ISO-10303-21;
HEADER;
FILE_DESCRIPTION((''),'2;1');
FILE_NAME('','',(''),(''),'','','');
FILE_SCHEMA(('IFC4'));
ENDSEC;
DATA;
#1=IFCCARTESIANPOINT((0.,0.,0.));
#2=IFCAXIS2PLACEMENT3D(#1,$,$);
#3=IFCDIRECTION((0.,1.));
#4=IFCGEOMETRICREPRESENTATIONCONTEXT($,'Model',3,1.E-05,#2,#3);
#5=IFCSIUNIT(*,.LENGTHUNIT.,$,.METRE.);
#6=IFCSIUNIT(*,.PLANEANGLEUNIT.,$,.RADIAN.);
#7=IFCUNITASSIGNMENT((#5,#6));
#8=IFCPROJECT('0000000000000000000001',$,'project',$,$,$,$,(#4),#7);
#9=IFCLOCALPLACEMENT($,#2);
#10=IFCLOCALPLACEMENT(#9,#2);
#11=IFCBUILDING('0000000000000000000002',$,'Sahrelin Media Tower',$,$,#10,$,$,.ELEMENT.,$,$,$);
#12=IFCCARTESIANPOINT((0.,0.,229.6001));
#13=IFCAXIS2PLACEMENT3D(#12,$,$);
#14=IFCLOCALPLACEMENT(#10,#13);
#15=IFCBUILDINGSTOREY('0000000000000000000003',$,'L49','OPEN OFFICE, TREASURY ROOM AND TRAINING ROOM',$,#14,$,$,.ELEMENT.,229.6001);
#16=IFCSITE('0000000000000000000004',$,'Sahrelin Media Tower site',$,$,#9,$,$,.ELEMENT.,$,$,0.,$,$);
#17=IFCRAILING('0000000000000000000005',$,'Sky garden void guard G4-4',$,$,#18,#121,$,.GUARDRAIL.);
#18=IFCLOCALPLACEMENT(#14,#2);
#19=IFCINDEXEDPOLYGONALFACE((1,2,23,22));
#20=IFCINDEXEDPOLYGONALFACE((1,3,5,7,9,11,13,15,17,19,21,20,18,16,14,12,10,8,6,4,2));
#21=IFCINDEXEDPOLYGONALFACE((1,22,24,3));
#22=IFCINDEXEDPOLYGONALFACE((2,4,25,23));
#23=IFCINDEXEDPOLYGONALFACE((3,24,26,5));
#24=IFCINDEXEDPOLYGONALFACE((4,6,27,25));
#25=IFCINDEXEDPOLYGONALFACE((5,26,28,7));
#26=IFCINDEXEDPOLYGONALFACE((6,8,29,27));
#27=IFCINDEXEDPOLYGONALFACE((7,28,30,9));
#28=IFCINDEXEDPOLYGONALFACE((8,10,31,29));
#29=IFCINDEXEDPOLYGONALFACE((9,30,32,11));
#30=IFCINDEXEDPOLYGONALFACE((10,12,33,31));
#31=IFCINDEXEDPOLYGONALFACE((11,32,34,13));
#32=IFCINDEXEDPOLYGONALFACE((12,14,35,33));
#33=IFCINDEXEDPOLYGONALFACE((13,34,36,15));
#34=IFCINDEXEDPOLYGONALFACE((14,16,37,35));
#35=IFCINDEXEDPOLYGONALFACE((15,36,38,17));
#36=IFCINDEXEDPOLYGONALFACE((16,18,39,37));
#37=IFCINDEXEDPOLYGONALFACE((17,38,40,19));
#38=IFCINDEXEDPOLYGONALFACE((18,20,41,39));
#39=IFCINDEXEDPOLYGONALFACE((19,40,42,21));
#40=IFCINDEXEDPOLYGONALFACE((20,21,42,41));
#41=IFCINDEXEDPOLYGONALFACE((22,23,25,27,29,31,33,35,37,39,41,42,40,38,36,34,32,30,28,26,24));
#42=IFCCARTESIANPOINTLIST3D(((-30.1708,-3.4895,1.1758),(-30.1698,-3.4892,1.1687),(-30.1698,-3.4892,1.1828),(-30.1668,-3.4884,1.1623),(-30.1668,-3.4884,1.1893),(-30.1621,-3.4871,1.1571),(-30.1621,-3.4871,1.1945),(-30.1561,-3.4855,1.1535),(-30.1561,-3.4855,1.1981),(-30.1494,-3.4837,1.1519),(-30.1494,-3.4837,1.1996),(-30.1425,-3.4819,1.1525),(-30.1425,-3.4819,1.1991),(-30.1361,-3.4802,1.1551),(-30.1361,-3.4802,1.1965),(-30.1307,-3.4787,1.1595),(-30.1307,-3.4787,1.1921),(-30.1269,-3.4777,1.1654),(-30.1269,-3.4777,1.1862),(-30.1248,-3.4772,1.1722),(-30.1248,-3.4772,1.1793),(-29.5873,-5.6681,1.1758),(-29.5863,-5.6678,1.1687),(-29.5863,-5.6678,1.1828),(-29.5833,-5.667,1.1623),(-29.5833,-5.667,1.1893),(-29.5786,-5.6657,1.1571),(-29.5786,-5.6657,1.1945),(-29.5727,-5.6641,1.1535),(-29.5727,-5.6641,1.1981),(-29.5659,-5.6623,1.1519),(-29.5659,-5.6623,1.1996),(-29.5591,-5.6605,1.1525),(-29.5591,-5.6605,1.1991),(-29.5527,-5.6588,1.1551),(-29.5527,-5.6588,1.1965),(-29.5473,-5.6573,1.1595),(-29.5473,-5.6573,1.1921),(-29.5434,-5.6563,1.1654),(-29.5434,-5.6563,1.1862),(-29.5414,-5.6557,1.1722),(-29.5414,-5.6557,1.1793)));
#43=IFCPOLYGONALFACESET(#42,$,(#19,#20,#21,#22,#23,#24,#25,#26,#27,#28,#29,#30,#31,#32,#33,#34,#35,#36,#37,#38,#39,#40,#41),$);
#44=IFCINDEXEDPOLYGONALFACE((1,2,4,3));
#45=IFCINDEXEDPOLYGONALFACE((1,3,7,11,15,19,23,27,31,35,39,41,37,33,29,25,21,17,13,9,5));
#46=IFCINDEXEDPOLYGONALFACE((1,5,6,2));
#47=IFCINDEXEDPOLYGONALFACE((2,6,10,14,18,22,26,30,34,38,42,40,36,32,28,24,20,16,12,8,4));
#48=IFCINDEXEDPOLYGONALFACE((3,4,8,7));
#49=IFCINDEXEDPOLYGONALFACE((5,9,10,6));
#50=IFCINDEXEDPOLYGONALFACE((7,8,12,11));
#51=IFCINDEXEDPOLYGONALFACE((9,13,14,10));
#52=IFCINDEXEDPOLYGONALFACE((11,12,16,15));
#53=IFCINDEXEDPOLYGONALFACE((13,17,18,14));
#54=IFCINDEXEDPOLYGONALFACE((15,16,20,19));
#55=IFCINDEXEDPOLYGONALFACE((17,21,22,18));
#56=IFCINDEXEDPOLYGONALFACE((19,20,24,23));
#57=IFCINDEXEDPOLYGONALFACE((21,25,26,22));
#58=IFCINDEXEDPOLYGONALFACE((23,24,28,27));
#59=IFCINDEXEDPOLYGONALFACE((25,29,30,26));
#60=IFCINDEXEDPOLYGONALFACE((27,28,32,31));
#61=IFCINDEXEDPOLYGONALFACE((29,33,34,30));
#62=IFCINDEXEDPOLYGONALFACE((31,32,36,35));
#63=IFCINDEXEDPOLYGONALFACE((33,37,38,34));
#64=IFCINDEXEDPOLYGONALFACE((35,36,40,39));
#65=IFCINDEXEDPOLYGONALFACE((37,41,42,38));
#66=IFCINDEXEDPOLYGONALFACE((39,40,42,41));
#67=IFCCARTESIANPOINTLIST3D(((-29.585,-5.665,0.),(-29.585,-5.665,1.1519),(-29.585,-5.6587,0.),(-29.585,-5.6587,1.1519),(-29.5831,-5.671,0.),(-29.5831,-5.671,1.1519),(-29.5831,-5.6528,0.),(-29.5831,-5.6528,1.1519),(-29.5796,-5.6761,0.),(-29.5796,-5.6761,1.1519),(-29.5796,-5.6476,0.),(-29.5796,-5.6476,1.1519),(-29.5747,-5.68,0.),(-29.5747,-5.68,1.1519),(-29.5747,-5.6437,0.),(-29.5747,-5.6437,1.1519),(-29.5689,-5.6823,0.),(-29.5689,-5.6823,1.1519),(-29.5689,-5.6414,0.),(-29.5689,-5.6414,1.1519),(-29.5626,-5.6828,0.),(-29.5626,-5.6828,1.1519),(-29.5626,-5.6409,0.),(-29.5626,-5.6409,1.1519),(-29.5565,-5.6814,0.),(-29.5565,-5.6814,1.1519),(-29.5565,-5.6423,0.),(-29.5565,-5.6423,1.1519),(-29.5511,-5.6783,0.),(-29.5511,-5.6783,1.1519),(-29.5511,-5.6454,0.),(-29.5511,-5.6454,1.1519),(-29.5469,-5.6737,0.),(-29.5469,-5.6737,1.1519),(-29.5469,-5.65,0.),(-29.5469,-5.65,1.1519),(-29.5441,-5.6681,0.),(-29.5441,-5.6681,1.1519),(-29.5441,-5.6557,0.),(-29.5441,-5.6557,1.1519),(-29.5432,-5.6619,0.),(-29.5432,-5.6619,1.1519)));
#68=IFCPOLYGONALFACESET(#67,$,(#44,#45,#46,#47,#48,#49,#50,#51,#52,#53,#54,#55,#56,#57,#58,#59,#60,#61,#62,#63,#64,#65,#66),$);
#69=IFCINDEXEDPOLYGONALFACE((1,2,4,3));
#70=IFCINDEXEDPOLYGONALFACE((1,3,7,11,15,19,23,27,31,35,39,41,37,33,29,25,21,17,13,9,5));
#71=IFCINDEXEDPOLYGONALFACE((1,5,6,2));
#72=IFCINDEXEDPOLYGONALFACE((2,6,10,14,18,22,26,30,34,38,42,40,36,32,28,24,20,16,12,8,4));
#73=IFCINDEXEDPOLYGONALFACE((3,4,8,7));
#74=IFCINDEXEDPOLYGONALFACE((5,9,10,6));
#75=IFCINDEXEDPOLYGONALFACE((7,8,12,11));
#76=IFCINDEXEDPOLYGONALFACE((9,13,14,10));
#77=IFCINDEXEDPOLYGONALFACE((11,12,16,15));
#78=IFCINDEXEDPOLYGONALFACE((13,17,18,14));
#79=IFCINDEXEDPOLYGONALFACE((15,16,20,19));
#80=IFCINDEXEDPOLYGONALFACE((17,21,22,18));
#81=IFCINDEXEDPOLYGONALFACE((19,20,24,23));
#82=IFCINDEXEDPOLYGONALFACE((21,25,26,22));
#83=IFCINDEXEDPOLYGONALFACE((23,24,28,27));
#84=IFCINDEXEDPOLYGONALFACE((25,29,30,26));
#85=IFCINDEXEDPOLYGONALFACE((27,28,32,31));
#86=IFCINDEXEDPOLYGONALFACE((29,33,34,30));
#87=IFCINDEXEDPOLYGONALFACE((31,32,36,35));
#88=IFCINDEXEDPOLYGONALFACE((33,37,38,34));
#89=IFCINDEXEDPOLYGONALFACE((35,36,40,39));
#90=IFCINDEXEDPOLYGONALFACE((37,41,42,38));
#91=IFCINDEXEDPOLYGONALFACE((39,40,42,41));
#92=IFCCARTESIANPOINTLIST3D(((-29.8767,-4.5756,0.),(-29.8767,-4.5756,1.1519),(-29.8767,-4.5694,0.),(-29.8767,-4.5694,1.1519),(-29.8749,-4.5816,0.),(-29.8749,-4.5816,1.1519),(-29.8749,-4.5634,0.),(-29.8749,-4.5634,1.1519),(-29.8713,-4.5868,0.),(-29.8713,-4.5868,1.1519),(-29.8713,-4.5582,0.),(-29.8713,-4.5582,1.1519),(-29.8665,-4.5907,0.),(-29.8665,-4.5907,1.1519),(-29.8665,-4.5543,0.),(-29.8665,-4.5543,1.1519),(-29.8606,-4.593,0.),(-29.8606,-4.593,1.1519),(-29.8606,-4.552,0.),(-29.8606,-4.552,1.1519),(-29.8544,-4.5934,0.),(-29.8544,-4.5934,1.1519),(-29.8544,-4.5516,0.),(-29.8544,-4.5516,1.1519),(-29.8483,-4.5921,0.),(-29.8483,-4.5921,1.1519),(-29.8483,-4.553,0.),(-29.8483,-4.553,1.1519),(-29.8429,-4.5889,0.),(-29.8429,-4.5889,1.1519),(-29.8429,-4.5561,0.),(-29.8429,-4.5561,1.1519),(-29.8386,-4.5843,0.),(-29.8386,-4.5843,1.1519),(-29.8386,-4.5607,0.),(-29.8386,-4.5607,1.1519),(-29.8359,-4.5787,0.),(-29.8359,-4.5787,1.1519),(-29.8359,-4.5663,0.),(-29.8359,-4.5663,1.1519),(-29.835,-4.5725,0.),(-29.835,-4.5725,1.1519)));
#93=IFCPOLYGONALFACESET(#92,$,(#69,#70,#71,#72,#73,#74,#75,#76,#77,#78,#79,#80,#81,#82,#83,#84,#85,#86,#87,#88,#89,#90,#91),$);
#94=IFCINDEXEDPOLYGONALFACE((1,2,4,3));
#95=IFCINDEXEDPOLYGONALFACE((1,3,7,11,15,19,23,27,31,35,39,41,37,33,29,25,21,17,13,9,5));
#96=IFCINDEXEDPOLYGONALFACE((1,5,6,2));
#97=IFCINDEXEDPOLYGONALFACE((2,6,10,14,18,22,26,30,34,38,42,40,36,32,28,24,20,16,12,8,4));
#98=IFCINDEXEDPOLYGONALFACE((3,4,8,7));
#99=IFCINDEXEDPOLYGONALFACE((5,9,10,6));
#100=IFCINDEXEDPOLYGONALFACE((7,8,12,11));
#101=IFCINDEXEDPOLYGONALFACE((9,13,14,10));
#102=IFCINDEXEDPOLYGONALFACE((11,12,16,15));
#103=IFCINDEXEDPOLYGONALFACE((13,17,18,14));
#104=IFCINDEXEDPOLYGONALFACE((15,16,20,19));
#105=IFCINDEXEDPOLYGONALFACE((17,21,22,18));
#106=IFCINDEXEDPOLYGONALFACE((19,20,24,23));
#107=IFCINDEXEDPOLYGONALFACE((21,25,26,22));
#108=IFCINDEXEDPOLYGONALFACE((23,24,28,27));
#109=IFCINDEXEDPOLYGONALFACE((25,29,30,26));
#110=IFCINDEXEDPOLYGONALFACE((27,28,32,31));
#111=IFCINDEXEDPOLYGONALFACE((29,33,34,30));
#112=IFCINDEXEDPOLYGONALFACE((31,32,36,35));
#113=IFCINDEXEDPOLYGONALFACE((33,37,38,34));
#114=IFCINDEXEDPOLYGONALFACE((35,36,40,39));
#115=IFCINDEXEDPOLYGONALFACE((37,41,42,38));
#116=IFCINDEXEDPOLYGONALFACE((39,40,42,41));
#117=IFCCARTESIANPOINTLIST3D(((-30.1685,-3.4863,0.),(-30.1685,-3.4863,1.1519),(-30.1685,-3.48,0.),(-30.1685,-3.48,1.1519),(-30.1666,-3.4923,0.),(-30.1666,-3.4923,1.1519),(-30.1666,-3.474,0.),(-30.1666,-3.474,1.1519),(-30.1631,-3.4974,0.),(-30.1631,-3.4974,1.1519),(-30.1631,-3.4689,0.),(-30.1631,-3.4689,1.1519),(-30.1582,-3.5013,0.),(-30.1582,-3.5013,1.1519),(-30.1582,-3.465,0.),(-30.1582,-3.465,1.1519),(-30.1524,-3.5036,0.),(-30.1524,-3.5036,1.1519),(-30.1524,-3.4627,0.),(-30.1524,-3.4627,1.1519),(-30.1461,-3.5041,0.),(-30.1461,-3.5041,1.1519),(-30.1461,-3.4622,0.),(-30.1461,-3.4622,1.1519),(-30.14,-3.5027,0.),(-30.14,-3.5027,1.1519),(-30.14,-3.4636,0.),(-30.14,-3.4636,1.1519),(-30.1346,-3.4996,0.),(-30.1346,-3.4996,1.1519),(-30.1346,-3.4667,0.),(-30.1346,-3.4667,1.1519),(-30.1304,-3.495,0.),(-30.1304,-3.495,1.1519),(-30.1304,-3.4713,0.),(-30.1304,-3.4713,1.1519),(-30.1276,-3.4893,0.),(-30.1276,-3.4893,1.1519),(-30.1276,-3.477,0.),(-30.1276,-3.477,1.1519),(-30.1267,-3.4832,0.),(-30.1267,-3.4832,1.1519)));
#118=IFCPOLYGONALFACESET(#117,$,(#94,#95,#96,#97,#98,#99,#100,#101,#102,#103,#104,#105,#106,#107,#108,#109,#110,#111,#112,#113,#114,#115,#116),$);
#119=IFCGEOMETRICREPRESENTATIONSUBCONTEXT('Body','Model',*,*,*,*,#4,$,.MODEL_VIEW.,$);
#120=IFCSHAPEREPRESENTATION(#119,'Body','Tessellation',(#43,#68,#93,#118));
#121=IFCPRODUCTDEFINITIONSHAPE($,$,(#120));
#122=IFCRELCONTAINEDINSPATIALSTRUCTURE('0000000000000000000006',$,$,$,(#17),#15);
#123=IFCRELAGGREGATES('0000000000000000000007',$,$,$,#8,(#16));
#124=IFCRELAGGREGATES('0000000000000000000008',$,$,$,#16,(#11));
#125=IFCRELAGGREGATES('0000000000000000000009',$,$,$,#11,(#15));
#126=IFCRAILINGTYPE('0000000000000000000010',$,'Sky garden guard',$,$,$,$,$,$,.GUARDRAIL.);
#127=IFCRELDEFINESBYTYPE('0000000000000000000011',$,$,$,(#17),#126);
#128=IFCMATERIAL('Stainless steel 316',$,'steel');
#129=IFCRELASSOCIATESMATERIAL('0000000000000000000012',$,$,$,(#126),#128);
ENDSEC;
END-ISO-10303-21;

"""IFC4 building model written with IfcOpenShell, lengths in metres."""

from ifc_helpers import new_model, si_unit, direction, frame, origin, origin_2d, place, context, subcontext, project, spatial, circle, extrude, material, type_object, element, save


model = new_model("IFC4")

# Units and contexts
model_context = context("Model", 3, precision=1e-05, world=origin(), true_north=direction((0.0, 1.0)))
body_context = subcontext(model_context, "Body", "Model", "MODEL_VIEW")
ifc_project = project(units=[si_unit("LENGTHUNIT", "METRE"), si_unit("PLANEANGLEUNIT", "RADIAN")], contexts=[model_context])

# Site, building, storey
site_placement = place(None, origin())
site = spatial("IfcSite", under=ifc_project, at=site_placement, Name="Sahrelin Media Tower site", CompositionType="ELEMENT", RefElevation=0.0)
building_placement = place(site_placement, origin())
building = spatial("IfcBuilding", under=site, at=building_placement, Name="Sahrelin Media Tower", CompositionType="ELEMENT")
storey_placement = place(building_placement, frame((0.0, 0.0, 229.6001)))
storey = spatial("IfcBuildingStorey", under=building, at=storey_placement, Name="L49", Description="OPEN OFFICE, TREASURY ROOM AND TRAINING ROOM", CompositionType="ELEMENT", Elevation=229.6001)

# Railing
ifc_material_1 = material(Name="Stainless steel 316", Category="steel")
railing_type = type_object("IfcRailingType", Name="Sky garden guard", PredefinedType="GUARDRAIL", material=ifc_material_1)
railing_1_placement = place(storey_placement, frame((-29.5642, -5.6619, 0.0)))
element("IfcRailing", 1, at=railing_1_placement, inside=storey, type_object=railing_type, Name="Sky garden void guard G4-4", PredefinedType="GUARDRAIL", context=body_context, shape_type="SweptSolid", body=[
    extrude(circle(Radius=0.0239, at=origin_2d()), frame((0.0, 0.0, 1.1758), z_axis=(-0.2587, 0.965958, 0.0), x_axis=(-0.965958, -0.2587, 0.0)), (0.0, 0.0, 1.0), 2.2554),
    extrude(circle(Radius=0.021, at=origin_2d()), origin(), (0.0, 0.0, 1.0), 1.1519),
    extrude(circle(Radius=0.021, at=origin_2d()), frame((-0.2917, 1.0894, 0.0)), (0.0, 0.0, 1.0), 1.1519),
    extrude(circle(Radius=0.021, at=origin_2d()), frame((-0.5835, 2.1787, 0.0)), (0.0, 0.0, 1.0), 1.1519),
])

save(model, "model.ifc")
